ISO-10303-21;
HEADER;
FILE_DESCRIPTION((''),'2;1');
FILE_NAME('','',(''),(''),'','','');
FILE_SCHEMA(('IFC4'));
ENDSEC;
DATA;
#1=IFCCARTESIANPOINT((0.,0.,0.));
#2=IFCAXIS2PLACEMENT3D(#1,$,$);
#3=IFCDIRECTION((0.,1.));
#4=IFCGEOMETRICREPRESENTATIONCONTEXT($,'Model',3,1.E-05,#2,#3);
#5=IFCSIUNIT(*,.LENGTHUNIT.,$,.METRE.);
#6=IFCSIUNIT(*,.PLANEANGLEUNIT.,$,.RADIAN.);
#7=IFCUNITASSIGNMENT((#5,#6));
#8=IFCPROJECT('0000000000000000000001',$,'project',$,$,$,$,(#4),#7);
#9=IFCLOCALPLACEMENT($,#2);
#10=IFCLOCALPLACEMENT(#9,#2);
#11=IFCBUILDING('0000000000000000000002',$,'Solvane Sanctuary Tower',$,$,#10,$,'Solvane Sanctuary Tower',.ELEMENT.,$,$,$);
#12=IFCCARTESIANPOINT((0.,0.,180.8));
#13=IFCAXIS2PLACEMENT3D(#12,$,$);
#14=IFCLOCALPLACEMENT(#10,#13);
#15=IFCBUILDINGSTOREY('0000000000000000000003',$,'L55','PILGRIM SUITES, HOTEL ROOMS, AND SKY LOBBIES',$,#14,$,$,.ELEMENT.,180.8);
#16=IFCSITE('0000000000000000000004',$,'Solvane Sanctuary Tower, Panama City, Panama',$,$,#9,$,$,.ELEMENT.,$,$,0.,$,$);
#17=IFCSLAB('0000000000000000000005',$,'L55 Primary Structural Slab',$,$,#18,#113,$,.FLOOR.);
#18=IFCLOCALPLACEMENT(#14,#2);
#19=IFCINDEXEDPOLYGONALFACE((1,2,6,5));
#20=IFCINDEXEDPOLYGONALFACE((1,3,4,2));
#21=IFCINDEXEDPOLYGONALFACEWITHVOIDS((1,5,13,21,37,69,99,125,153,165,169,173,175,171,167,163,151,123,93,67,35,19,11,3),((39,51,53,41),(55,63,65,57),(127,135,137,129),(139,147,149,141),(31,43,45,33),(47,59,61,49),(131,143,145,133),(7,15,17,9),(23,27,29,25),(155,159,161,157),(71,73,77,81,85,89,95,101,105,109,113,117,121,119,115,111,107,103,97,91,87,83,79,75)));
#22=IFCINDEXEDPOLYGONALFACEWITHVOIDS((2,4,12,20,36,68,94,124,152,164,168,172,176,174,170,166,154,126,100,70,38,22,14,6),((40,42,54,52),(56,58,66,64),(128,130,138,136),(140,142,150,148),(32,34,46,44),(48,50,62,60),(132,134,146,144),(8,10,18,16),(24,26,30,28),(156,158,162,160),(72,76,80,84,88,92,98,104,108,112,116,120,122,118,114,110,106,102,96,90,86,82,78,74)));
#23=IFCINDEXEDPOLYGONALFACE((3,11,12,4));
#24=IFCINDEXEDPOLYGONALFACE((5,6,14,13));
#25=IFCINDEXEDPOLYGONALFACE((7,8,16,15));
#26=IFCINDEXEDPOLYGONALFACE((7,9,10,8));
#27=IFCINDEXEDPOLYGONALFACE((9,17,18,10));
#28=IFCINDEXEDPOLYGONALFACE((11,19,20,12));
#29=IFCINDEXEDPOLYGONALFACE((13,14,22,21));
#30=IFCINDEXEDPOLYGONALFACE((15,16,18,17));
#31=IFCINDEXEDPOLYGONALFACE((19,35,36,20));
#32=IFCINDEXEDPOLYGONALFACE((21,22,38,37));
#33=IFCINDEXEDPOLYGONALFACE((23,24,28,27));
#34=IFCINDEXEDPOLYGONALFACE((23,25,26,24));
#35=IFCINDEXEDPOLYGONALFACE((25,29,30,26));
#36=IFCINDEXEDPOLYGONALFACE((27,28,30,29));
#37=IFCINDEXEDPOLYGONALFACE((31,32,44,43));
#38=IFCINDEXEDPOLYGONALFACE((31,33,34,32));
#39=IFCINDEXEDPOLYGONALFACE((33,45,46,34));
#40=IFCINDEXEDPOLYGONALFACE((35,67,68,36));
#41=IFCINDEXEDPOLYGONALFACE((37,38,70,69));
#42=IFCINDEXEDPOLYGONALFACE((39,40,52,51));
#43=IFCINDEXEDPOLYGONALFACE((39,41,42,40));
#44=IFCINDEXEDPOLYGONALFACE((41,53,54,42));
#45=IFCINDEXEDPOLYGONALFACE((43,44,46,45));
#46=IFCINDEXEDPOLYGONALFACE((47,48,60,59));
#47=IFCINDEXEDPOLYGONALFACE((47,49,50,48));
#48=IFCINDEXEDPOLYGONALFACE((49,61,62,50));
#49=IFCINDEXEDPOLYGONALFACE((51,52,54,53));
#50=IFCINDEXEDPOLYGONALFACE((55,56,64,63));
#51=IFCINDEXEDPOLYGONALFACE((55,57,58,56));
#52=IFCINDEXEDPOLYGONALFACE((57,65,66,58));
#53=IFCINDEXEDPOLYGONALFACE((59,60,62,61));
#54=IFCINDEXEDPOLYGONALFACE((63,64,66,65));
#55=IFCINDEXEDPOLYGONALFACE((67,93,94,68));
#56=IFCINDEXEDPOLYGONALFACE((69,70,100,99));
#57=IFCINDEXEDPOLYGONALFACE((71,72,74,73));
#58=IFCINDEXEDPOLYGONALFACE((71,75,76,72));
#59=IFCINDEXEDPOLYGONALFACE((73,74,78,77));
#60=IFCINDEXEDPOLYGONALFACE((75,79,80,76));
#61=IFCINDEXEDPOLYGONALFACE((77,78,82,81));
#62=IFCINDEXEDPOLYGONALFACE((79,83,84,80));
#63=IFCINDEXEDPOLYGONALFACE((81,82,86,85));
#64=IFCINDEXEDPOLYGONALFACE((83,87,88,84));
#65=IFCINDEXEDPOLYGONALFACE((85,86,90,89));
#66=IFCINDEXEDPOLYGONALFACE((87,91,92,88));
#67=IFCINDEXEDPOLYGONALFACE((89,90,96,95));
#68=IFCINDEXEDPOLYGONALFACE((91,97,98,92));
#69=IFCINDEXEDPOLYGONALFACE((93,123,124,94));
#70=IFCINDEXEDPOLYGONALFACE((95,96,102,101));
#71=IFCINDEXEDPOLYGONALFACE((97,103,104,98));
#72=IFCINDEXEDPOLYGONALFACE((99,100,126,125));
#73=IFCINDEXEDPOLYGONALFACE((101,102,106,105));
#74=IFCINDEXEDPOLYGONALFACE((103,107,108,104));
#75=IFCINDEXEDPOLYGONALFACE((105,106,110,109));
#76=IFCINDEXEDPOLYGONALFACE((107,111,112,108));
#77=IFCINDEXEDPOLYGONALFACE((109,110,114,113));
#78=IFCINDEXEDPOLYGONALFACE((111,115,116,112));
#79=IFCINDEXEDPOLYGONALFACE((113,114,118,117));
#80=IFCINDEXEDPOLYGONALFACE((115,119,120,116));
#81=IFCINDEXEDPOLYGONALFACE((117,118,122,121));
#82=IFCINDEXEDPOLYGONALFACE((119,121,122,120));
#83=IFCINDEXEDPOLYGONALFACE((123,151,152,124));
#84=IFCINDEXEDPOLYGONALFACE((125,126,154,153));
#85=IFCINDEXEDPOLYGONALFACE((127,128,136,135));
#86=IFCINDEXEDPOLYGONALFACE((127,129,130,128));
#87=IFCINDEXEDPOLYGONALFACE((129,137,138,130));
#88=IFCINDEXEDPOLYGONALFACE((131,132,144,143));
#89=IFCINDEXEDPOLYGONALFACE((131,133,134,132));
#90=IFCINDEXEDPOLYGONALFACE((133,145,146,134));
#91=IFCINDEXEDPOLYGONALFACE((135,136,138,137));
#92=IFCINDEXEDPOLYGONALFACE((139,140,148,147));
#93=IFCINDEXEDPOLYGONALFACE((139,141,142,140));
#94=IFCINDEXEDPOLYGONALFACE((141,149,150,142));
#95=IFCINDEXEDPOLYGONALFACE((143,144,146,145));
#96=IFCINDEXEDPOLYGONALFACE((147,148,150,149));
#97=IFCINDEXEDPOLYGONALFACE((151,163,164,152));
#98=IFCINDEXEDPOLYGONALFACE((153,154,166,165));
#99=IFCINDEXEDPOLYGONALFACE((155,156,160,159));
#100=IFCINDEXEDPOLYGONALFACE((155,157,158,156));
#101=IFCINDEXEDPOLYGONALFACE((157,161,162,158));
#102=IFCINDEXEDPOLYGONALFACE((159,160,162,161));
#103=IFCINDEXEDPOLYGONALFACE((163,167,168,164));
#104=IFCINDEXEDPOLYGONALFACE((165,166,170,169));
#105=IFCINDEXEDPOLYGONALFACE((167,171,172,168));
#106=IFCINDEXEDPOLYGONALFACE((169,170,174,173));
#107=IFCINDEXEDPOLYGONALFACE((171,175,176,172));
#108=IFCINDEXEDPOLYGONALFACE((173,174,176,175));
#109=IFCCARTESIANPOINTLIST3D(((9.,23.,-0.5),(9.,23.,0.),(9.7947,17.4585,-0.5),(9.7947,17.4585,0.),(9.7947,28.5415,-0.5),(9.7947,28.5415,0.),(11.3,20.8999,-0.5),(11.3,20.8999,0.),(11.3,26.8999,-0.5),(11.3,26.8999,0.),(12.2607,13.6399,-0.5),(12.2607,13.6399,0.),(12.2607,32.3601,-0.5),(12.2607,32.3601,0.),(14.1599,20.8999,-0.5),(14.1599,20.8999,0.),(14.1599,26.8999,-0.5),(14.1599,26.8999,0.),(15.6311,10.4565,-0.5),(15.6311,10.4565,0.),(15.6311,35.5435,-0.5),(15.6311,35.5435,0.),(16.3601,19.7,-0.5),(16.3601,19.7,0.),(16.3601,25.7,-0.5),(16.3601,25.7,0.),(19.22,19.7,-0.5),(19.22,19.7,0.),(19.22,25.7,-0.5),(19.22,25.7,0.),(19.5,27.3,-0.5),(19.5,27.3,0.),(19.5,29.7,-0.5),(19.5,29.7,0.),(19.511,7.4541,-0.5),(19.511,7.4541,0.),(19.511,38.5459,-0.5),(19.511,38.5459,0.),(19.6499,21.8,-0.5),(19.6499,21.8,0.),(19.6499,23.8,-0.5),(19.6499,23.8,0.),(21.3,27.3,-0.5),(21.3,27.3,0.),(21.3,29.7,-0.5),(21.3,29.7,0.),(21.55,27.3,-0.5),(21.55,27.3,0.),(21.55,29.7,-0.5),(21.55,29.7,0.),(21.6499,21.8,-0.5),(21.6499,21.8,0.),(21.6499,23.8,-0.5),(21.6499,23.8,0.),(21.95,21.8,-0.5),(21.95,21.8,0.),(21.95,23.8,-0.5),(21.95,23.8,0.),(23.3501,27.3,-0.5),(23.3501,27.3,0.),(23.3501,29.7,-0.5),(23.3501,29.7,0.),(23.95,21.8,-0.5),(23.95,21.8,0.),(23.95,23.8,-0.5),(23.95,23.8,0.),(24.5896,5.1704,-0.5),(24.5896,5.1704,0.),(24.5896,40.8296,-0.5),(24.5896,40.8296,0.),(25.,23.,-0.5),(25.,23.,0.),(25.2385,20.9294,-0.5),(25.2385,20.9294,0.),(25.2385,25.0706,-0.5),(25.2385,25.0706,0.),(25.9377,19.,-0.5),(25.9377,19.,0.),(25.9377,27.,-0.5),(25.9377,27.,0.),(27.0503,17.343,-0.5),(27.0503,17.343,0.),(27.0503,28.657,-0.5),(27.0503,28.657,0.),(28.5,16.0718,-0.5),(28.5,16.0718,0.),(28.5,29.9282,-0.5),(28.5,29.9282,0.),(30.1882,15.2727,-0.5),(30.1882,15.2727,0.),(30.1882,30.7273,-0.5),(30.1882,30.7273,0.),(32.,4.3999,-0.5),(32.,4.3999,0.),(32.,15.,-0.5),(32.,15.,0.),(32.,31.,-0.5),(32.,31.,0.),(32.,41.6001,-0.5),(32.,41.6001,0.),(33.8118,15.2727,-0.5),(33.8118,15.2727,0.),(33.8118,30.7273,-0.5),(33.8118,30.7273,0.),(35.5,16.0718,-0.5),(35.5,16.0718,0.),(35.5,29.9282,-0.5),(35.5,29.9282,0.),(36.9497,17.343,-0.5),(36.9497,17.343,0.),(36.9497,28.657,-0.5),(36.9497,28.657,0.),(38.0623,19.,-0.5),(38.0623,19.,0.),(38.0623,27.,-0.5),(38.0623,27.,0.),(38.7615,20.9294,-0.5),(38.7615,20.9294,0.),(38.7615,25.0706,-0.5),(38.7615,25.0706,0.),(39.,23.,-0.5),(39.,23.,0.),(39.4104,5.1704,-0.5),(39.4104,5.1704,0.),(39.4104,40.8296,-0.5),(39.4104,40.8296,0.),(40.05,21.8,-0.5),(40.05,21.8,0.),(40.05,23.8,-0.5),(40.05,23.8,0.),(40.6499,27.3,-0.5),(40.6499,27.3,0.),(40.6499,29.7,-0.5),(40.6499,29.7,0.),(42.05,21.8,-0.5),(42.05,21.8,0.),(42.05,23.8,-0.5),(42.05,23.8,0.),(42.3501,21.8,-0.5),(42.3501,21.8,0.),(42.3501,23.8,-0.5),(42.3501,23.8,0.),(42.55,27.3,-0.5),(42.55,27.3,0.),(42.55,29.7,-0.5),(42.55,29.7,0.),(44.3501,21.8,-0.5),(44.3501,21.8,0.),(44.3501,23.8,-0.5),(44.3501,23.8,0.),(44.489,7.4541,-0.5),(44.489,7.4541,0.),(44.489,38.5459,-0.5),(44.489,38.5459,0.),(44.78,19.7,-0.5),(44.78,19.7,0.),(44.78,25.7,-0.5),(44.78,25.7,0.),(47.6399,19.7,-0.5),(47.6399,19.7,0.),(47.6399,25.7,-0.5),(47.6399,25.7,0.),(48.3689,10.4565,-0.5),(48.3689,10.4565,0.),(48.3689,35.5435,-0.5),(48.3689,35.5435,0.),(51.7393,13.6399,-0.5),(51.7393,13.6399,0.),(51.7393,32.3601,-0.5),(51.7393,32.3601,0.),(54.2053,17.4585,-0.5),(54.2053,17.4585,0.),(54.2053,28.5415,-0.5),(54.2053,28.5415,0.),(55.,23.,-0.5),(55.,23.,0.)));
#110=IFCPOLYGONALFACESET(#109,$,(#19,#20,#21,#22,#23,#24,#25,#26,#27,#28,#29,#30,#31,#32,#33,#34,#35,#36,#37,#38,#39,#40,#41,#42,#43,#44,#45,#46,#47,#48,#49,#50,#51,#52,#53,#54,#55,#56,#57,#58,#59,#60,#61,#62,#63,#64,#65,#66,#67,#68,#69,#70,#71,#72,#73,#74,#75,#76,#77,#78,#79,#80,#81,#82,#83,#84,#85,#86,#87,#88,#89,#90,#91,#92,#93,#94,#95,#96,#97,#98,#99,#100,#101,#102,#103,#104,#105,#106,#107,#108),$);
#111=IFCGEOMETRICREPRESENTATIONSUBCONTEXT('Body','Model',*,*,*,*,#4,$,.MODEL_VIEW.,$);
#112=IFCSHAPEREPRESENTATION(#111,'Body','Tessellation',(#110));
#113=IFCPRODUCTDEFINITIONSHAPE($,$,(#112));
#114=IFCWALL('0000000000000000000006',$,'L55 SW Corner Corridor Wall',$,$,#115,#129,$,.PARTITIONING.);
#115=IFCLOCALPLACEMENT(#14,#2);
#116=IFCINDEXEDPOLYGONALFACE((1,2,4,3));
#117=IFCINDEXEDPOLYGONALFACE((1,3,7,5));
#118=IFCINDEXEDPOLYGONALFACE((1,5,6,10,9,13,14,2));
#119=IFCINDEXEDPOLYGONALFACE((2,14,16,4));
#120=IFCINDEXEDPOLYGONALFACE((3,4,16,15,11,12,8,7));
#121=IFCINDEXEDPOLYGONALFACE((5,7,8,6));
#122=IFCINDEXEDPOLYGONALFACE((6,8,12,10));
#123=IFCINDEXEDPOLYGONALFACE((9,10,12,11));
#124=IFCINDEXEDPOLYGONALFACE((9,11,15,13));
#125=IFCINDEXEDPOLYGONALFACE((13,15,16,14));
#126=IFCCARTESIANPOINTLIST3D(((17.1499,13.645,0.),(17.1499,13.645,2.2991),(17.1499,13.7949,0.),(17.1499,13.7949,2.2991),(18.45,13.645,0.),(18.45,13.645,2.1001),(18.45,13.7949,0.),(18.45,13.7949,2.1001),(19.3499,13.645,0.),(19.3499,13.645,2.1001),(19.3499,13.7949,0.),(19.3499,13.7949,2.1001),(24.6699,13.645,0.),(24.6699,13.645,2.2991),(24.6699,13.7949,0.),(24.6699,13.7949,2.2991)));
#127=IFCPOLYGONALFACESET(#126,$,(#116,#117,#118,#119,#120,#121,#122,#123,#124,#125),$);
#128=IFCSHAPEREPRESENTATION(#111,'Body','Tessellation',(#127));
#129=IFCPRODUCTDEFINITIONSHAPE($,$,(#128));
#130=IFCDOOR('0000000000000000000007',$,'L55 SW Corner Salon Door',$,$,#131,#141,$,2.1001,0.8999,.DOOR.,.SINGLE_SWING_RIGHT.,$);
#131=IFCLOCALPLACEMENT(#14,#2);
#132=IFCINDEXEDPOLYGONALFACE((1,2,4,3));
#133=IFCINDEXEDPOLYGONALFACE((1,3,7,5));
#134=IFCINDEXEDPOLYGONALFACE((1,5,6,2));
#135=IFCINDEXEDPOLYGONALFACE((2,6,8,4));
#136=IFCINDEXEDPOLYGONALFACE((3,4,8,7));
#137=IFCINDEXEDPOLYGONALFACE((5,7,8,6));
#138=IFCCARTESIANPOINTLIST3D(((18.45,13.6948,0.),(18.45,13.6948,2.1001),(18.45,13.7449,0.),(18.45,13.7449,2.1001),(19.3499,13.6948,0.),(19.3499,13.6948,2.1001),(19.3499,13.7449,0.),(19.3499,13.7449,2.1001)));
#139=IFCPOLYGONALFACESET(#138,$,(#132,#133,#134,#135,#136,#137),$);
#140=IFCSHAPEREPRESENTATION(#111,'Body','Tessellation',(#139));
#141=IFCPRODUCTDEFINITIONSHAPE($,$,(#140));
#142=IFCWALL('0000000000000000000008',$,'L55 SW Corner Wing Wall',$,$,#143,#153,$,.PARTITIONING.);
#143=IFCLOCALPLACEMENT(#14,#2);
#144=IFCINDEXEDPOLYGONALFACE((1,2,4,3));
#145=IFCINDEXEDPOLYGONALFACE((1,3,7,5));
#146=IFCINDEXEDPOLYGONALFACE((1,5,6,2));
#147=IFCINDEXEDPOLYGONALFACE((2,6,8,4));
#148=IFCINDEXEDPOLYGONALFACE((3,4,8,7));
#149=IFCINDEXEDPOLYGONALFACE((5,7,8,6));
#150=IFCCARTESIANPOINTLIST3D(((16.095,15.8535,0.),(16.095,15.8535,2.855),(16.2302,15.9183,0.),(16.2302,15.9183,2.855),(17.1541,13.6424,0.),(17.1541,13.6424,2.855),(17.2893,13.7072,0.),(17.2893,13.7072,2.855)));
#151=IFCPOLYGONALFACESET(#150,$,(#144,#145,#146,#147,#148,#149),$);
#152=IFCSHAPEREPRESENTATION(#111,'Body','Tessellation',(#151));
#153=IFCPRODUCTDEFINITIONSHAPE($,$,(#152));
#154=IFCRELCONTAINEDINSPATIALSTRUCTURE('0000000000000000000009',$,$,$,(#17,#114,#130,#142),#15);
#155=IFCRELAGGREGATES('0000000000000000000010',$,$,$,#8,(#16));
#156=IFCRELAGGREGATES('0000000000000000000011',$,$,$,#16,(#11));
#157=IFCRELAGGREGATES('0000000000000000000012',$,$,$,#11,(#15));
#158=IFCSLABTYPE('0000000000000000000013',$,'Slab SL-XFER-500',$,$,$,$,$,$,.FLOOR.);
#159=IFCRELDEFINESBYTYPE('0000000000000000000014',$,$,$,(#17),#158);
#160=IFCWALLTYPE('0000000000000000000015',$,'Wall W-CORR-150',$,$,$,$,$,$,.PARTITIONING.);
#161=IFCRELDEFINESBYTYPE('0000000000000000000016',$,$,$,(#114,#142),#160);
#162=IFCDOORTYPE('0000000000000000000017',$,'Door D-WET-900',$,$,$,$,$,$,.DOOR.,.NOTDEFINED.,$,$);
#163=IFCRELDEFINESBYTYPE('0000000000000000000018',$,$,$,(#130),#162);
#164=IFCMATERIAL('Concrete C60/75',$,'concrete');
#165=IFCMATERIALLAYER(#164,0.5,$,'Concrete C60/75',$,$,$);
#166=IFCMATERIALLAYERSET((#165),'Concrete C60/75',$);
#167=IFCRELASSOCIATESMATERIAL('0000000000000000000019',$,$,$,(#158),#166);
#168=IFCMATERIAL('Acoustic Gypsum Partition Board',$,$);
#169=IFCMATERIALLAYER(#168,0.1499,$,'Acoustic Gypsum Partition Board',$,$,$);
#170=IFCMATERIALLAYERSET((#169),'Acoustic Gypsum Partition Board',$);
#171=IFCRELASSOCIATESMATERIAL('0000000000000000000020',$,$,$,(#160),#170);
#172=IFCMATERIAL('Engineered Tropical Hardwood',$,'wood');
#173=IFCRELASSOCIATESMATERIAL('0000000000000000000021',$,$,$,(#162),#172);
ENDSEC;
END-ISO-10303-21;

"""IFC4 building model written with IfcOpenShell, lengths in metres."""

from ifc_helpers import new_model, si_unit, direction, frame, frame_2d, origin, place, context, subcontext, project, spatial, polyline, rectangle, outline, extrude, material, layer, layer_set, type_object, element, fill, save


model = new_model("IFC4")

# Units and contexts
model_context = context("Model", 3, precision=1e-05, world=origin(), true_north=direction((0.0, 1.0)))
body_context = subcontext(model_context, "Body", "Model", "MODEL_VIEW")
ifc_project = project(units=[si_unit("LENGTHUNIT", "METRE"), si_unit("PLANEANGLEUNIT", "RADIAN")], contexts=[model_context])

# Site, building, storey
site_placement = place(None, origin())
site = spatial("IfcSite", under=ifc_project, at=site_placement, Name="Solvane Sanctuary Tower, Panama City, Panama", CompositionType="ELEMENT", RefElevation=0.0)
building_placement = place(site_placement, origin())
building = spatial("IfcBuilding", under=site, at=building_placement, Name="Solvane Sanctuary Tower", LongName="Solvane Sanctuary Tower", CompositionType="ELEMENT")
storey_placement = place(building_placement, frame((0.0, 0.0, 180.8)))
storey = spatial("IfcBuildingStorey", under=building, at=storey_placement, Name="L55", Description="PILGRIM SUITES, HOTEL ROOMS, AND SKY LOBBIES", CompositionType="ELEMENT", Elevation=180.8)

# Shared definitions
ifc_material_1 = material(Name="Concrete C60/75", Category="concrete")

# Slab
ifc_layer_1 = layer(ifc_material_1, 0.5, Name="Concrete C60/75")
ifc_layer_set_1 = layer_set([ifc_layer_1], Name="Concrete C60/75")
slab_type_1 = type_object("IfcSlabType", Name="Slab SL-XFER-500", PredefinedType="FLOOR", material=ifc_layer_set_1)
slab_1_placement = place(storey_placement, frame((0.0, 0.0, -0.5)))
element("IfcSlab", 1, at=slab_1_placement, inside=storey, type_object=slab_type_1, Name="L55 Primary Structural Slab", PredefinedType="FLOOR", context=body_context, shape_type="SweptSolid", body=[
    extrude(outline(polyline([(55.0, 23.0), (54.2053, 28.5415), (51.7393, 32.3601), (48.3689, 35.5435), (44.489, 38.5459), (39.4104, 40.8296), (32.0, 41.6001), (24.5896, 40.8296), (19.511, 38.5459), (15.6311, 35.5435), (12.2607, 32.3601), (9.7947, 28.5415), (9.0, 23.0), (9.7947, 17.4585), (12.2607, 13.6399), (15.6311, 10.4565), (19.511, 7.4541), (24.5896, 5.1704), (32.0, 4.3999), (39.4104, 5.1704), (44.489, 7.4541), (48.3689, 10.4565), (51.7393, 13.6399), (54.2053, 17.4585), (55.0, 23.0)]), holes=[polyline([(38.7615, 20.9294), (38.0623, 19.0), (36.9497, 17.343), (35.5, 16.0718), (33.8118, 15.2727), (32.0, 15.0), (30.1882, 15.2727), (28.5, 16.0718), (27.0503, 17.343), (25.9377, 19.0), (25.2385, 20.9294), (25.0, 23.0), (25.2385, 25.0706), (25.9377, 27.0), (27.0503, 28.657), (28.5, 29.9282), (30.1882, 30.7273), (32.0, 31.0), (33.8118, 30.7273), (35.5, 29.9282), (36.9497, 28.657), (38.0623, 27.0), (38.7615, 25.0706), (39.0, 23.0), (38.7615, 20.9294)]), polyline([(16.3601, 19.7), (16.3601, 25.7), (19.22, 25.7), (19.22, 19.7), (16.3601, 19.7)]), polyline([(44.78, 19.7), (44.78, 25.7), (47.6399, 25.7), (47.6399, 19.7), (44.78, 19.7)]), polyline([(11.3, 20.8999), (11.3, 26.8999), (14.1599, 26.8999), (14.1599, 20.8999), (11.3, 20.8999)]), polyline([(19.6499, 23.8), (21.6499, 23.8), (21.6499, 21.8), (19.6499, 21.8), (19.6499, 23.8)]), polyline([(42.3501, 23.8), (44.3501, 23.8), (44.3501, 21.8), (42.3501, 21.8), (42.3501, 23.8)]), polyline([(21.95, 23.8), (23.95, 23.8), (23.95, 21.8), (21.95, 21.8), (21.95, 23.8)]), polyline([(40.05, 23.8), (42.05, 23.8), (42.05, 21.8), (40.05, 21.8), (40.05, 23.8)]), polyline([(19.5, 29.7), (21.3, 29.7), (21.3, 27.3), (19.5, 27.3), (19.5, 29.7)]), polyline([(21.55, 29.7), (23.3501, 29.7), (23.3501, 27.3), (21.55, 27.3), (21.55, 29.7)]), polyline([(40.6499, 29.7), (42.55, 29.7), (42.55, 27.3), (40.6499, 27.3), (40.6499, 29.7)])]), origin(), (0.0, 0.0, 1.0), 0.5),
])

# Wall, opening, door
ifc_material_2 = material(Name="Acoustic Gypsum Partition Board")
ifc_layer_2 = layer(ifc_material_2, 0.1499, Name="Acoustic Gypsum Partition Board")
ifc_layer_set_2 = layer_set([ifc_layer_2], Name="Acoustic Gypsum Partition Board")
wall_type_1 = type_object("IfcWallType", Name="Wall W-CORR-150", PredefinedType="PARTITIONING", material=ifc_layer_set_2)
wall_1_placement = place(storey_placement, frame((17.1499, 13.72, 0.0), z_axis=(0.0, 0.0, 1.0), x_axis=(1.0, 0.0, 0.0)))
wall_1 = element("IfcWall", 2, at=wall_1_placement, inside=storey, type_object=wall_type_1, Name="L55 SW Corner Corridor Wall", PredefinedType="PARTITIONING", context=body_context, shape_type="SweptSolid", body=[
    extrude(rectangle(XDim=7.52, YDim=0.1499, at=frame_2d((3.76, 0.0))), origin(), (0.0, 0.0, 1.0), 2.2991),
])
opening_1_placement = place(wall_1_placement, frame((1.3, 0.0, 0.0)))
opening_1 = element("IfcOpeningElement", 3, at=opening_1_placement, cuts=wall_1, PredefinedType="OPENING", context=body_context, shape_type="SweptSolid", body=[
    extrude(rectangle(XDim=0.8999, YDim=2.1001, at=frame_2d((0.45, 1.05))), frame((0.0, 0.085, 0.0), z_axis=(0.0, -1.0, 0.0), x_axis=(1.0, 0.0, 0.0)), (0.0, 0.0, 1.0), 0.1699),
])
ifc_material_3 = material(Name="Engineered Tropical Hardwood", Category="wood")
door_type = type_object("IfcDoorType", Name="Door D-WET-900", OperationType="NOTDEFINED", PredefinedType="DOOR", material=ifc_material_3)
door_placement = place(opening_1_placement, origin())
door = element("IfcDoor", 4, at=door_placement, inside=storey, type_object=door_type, Name="L55 SW Corner Salon Door", OperationType="SINGLE_SWING_RIGHT", OverallHeight=2.1001, OverallWidth=0.8999, PredefinedType="DOOR", context=body_context, shape_type="SweptSolid", body=[
    extrude(rectangle(XDim=0.8999, YDim=2.1001, at=frame_2d((0.45, 1.05))), frame((0.0, 0.0249, 0.0), z_axis=(0.0, -1.0, 0.0), x_axis=(1.0, 0.0, 0.0)), (0.0, 0.0, 1.0), 0.05),
])
fill(opening_1, door)

# Wall
wall_2_placement = place(storey_placement, frame((17.2217, 13.6748, 0.0), z_axis=(0.0, 0.0, 1.0), x_axis=(-0.431973, 0.901886, 0.0)))
element("IfcWall", 5, at=wall_2_placement, inside=storey, type_object=wall_type_1, Name="L55 SW Corner Wing Wall", PredefinedType="PARTITIONING", context=body_context, shape_type="SweptSolid", body=[
    extrude(rectangle(XDim=2.4517, YDim=0.1499, at=frame_2d((1.2258, 0.0))), origin(), (0.0, 0.0, 1.0), 2.855),
])

save(model, "model.ifc")
